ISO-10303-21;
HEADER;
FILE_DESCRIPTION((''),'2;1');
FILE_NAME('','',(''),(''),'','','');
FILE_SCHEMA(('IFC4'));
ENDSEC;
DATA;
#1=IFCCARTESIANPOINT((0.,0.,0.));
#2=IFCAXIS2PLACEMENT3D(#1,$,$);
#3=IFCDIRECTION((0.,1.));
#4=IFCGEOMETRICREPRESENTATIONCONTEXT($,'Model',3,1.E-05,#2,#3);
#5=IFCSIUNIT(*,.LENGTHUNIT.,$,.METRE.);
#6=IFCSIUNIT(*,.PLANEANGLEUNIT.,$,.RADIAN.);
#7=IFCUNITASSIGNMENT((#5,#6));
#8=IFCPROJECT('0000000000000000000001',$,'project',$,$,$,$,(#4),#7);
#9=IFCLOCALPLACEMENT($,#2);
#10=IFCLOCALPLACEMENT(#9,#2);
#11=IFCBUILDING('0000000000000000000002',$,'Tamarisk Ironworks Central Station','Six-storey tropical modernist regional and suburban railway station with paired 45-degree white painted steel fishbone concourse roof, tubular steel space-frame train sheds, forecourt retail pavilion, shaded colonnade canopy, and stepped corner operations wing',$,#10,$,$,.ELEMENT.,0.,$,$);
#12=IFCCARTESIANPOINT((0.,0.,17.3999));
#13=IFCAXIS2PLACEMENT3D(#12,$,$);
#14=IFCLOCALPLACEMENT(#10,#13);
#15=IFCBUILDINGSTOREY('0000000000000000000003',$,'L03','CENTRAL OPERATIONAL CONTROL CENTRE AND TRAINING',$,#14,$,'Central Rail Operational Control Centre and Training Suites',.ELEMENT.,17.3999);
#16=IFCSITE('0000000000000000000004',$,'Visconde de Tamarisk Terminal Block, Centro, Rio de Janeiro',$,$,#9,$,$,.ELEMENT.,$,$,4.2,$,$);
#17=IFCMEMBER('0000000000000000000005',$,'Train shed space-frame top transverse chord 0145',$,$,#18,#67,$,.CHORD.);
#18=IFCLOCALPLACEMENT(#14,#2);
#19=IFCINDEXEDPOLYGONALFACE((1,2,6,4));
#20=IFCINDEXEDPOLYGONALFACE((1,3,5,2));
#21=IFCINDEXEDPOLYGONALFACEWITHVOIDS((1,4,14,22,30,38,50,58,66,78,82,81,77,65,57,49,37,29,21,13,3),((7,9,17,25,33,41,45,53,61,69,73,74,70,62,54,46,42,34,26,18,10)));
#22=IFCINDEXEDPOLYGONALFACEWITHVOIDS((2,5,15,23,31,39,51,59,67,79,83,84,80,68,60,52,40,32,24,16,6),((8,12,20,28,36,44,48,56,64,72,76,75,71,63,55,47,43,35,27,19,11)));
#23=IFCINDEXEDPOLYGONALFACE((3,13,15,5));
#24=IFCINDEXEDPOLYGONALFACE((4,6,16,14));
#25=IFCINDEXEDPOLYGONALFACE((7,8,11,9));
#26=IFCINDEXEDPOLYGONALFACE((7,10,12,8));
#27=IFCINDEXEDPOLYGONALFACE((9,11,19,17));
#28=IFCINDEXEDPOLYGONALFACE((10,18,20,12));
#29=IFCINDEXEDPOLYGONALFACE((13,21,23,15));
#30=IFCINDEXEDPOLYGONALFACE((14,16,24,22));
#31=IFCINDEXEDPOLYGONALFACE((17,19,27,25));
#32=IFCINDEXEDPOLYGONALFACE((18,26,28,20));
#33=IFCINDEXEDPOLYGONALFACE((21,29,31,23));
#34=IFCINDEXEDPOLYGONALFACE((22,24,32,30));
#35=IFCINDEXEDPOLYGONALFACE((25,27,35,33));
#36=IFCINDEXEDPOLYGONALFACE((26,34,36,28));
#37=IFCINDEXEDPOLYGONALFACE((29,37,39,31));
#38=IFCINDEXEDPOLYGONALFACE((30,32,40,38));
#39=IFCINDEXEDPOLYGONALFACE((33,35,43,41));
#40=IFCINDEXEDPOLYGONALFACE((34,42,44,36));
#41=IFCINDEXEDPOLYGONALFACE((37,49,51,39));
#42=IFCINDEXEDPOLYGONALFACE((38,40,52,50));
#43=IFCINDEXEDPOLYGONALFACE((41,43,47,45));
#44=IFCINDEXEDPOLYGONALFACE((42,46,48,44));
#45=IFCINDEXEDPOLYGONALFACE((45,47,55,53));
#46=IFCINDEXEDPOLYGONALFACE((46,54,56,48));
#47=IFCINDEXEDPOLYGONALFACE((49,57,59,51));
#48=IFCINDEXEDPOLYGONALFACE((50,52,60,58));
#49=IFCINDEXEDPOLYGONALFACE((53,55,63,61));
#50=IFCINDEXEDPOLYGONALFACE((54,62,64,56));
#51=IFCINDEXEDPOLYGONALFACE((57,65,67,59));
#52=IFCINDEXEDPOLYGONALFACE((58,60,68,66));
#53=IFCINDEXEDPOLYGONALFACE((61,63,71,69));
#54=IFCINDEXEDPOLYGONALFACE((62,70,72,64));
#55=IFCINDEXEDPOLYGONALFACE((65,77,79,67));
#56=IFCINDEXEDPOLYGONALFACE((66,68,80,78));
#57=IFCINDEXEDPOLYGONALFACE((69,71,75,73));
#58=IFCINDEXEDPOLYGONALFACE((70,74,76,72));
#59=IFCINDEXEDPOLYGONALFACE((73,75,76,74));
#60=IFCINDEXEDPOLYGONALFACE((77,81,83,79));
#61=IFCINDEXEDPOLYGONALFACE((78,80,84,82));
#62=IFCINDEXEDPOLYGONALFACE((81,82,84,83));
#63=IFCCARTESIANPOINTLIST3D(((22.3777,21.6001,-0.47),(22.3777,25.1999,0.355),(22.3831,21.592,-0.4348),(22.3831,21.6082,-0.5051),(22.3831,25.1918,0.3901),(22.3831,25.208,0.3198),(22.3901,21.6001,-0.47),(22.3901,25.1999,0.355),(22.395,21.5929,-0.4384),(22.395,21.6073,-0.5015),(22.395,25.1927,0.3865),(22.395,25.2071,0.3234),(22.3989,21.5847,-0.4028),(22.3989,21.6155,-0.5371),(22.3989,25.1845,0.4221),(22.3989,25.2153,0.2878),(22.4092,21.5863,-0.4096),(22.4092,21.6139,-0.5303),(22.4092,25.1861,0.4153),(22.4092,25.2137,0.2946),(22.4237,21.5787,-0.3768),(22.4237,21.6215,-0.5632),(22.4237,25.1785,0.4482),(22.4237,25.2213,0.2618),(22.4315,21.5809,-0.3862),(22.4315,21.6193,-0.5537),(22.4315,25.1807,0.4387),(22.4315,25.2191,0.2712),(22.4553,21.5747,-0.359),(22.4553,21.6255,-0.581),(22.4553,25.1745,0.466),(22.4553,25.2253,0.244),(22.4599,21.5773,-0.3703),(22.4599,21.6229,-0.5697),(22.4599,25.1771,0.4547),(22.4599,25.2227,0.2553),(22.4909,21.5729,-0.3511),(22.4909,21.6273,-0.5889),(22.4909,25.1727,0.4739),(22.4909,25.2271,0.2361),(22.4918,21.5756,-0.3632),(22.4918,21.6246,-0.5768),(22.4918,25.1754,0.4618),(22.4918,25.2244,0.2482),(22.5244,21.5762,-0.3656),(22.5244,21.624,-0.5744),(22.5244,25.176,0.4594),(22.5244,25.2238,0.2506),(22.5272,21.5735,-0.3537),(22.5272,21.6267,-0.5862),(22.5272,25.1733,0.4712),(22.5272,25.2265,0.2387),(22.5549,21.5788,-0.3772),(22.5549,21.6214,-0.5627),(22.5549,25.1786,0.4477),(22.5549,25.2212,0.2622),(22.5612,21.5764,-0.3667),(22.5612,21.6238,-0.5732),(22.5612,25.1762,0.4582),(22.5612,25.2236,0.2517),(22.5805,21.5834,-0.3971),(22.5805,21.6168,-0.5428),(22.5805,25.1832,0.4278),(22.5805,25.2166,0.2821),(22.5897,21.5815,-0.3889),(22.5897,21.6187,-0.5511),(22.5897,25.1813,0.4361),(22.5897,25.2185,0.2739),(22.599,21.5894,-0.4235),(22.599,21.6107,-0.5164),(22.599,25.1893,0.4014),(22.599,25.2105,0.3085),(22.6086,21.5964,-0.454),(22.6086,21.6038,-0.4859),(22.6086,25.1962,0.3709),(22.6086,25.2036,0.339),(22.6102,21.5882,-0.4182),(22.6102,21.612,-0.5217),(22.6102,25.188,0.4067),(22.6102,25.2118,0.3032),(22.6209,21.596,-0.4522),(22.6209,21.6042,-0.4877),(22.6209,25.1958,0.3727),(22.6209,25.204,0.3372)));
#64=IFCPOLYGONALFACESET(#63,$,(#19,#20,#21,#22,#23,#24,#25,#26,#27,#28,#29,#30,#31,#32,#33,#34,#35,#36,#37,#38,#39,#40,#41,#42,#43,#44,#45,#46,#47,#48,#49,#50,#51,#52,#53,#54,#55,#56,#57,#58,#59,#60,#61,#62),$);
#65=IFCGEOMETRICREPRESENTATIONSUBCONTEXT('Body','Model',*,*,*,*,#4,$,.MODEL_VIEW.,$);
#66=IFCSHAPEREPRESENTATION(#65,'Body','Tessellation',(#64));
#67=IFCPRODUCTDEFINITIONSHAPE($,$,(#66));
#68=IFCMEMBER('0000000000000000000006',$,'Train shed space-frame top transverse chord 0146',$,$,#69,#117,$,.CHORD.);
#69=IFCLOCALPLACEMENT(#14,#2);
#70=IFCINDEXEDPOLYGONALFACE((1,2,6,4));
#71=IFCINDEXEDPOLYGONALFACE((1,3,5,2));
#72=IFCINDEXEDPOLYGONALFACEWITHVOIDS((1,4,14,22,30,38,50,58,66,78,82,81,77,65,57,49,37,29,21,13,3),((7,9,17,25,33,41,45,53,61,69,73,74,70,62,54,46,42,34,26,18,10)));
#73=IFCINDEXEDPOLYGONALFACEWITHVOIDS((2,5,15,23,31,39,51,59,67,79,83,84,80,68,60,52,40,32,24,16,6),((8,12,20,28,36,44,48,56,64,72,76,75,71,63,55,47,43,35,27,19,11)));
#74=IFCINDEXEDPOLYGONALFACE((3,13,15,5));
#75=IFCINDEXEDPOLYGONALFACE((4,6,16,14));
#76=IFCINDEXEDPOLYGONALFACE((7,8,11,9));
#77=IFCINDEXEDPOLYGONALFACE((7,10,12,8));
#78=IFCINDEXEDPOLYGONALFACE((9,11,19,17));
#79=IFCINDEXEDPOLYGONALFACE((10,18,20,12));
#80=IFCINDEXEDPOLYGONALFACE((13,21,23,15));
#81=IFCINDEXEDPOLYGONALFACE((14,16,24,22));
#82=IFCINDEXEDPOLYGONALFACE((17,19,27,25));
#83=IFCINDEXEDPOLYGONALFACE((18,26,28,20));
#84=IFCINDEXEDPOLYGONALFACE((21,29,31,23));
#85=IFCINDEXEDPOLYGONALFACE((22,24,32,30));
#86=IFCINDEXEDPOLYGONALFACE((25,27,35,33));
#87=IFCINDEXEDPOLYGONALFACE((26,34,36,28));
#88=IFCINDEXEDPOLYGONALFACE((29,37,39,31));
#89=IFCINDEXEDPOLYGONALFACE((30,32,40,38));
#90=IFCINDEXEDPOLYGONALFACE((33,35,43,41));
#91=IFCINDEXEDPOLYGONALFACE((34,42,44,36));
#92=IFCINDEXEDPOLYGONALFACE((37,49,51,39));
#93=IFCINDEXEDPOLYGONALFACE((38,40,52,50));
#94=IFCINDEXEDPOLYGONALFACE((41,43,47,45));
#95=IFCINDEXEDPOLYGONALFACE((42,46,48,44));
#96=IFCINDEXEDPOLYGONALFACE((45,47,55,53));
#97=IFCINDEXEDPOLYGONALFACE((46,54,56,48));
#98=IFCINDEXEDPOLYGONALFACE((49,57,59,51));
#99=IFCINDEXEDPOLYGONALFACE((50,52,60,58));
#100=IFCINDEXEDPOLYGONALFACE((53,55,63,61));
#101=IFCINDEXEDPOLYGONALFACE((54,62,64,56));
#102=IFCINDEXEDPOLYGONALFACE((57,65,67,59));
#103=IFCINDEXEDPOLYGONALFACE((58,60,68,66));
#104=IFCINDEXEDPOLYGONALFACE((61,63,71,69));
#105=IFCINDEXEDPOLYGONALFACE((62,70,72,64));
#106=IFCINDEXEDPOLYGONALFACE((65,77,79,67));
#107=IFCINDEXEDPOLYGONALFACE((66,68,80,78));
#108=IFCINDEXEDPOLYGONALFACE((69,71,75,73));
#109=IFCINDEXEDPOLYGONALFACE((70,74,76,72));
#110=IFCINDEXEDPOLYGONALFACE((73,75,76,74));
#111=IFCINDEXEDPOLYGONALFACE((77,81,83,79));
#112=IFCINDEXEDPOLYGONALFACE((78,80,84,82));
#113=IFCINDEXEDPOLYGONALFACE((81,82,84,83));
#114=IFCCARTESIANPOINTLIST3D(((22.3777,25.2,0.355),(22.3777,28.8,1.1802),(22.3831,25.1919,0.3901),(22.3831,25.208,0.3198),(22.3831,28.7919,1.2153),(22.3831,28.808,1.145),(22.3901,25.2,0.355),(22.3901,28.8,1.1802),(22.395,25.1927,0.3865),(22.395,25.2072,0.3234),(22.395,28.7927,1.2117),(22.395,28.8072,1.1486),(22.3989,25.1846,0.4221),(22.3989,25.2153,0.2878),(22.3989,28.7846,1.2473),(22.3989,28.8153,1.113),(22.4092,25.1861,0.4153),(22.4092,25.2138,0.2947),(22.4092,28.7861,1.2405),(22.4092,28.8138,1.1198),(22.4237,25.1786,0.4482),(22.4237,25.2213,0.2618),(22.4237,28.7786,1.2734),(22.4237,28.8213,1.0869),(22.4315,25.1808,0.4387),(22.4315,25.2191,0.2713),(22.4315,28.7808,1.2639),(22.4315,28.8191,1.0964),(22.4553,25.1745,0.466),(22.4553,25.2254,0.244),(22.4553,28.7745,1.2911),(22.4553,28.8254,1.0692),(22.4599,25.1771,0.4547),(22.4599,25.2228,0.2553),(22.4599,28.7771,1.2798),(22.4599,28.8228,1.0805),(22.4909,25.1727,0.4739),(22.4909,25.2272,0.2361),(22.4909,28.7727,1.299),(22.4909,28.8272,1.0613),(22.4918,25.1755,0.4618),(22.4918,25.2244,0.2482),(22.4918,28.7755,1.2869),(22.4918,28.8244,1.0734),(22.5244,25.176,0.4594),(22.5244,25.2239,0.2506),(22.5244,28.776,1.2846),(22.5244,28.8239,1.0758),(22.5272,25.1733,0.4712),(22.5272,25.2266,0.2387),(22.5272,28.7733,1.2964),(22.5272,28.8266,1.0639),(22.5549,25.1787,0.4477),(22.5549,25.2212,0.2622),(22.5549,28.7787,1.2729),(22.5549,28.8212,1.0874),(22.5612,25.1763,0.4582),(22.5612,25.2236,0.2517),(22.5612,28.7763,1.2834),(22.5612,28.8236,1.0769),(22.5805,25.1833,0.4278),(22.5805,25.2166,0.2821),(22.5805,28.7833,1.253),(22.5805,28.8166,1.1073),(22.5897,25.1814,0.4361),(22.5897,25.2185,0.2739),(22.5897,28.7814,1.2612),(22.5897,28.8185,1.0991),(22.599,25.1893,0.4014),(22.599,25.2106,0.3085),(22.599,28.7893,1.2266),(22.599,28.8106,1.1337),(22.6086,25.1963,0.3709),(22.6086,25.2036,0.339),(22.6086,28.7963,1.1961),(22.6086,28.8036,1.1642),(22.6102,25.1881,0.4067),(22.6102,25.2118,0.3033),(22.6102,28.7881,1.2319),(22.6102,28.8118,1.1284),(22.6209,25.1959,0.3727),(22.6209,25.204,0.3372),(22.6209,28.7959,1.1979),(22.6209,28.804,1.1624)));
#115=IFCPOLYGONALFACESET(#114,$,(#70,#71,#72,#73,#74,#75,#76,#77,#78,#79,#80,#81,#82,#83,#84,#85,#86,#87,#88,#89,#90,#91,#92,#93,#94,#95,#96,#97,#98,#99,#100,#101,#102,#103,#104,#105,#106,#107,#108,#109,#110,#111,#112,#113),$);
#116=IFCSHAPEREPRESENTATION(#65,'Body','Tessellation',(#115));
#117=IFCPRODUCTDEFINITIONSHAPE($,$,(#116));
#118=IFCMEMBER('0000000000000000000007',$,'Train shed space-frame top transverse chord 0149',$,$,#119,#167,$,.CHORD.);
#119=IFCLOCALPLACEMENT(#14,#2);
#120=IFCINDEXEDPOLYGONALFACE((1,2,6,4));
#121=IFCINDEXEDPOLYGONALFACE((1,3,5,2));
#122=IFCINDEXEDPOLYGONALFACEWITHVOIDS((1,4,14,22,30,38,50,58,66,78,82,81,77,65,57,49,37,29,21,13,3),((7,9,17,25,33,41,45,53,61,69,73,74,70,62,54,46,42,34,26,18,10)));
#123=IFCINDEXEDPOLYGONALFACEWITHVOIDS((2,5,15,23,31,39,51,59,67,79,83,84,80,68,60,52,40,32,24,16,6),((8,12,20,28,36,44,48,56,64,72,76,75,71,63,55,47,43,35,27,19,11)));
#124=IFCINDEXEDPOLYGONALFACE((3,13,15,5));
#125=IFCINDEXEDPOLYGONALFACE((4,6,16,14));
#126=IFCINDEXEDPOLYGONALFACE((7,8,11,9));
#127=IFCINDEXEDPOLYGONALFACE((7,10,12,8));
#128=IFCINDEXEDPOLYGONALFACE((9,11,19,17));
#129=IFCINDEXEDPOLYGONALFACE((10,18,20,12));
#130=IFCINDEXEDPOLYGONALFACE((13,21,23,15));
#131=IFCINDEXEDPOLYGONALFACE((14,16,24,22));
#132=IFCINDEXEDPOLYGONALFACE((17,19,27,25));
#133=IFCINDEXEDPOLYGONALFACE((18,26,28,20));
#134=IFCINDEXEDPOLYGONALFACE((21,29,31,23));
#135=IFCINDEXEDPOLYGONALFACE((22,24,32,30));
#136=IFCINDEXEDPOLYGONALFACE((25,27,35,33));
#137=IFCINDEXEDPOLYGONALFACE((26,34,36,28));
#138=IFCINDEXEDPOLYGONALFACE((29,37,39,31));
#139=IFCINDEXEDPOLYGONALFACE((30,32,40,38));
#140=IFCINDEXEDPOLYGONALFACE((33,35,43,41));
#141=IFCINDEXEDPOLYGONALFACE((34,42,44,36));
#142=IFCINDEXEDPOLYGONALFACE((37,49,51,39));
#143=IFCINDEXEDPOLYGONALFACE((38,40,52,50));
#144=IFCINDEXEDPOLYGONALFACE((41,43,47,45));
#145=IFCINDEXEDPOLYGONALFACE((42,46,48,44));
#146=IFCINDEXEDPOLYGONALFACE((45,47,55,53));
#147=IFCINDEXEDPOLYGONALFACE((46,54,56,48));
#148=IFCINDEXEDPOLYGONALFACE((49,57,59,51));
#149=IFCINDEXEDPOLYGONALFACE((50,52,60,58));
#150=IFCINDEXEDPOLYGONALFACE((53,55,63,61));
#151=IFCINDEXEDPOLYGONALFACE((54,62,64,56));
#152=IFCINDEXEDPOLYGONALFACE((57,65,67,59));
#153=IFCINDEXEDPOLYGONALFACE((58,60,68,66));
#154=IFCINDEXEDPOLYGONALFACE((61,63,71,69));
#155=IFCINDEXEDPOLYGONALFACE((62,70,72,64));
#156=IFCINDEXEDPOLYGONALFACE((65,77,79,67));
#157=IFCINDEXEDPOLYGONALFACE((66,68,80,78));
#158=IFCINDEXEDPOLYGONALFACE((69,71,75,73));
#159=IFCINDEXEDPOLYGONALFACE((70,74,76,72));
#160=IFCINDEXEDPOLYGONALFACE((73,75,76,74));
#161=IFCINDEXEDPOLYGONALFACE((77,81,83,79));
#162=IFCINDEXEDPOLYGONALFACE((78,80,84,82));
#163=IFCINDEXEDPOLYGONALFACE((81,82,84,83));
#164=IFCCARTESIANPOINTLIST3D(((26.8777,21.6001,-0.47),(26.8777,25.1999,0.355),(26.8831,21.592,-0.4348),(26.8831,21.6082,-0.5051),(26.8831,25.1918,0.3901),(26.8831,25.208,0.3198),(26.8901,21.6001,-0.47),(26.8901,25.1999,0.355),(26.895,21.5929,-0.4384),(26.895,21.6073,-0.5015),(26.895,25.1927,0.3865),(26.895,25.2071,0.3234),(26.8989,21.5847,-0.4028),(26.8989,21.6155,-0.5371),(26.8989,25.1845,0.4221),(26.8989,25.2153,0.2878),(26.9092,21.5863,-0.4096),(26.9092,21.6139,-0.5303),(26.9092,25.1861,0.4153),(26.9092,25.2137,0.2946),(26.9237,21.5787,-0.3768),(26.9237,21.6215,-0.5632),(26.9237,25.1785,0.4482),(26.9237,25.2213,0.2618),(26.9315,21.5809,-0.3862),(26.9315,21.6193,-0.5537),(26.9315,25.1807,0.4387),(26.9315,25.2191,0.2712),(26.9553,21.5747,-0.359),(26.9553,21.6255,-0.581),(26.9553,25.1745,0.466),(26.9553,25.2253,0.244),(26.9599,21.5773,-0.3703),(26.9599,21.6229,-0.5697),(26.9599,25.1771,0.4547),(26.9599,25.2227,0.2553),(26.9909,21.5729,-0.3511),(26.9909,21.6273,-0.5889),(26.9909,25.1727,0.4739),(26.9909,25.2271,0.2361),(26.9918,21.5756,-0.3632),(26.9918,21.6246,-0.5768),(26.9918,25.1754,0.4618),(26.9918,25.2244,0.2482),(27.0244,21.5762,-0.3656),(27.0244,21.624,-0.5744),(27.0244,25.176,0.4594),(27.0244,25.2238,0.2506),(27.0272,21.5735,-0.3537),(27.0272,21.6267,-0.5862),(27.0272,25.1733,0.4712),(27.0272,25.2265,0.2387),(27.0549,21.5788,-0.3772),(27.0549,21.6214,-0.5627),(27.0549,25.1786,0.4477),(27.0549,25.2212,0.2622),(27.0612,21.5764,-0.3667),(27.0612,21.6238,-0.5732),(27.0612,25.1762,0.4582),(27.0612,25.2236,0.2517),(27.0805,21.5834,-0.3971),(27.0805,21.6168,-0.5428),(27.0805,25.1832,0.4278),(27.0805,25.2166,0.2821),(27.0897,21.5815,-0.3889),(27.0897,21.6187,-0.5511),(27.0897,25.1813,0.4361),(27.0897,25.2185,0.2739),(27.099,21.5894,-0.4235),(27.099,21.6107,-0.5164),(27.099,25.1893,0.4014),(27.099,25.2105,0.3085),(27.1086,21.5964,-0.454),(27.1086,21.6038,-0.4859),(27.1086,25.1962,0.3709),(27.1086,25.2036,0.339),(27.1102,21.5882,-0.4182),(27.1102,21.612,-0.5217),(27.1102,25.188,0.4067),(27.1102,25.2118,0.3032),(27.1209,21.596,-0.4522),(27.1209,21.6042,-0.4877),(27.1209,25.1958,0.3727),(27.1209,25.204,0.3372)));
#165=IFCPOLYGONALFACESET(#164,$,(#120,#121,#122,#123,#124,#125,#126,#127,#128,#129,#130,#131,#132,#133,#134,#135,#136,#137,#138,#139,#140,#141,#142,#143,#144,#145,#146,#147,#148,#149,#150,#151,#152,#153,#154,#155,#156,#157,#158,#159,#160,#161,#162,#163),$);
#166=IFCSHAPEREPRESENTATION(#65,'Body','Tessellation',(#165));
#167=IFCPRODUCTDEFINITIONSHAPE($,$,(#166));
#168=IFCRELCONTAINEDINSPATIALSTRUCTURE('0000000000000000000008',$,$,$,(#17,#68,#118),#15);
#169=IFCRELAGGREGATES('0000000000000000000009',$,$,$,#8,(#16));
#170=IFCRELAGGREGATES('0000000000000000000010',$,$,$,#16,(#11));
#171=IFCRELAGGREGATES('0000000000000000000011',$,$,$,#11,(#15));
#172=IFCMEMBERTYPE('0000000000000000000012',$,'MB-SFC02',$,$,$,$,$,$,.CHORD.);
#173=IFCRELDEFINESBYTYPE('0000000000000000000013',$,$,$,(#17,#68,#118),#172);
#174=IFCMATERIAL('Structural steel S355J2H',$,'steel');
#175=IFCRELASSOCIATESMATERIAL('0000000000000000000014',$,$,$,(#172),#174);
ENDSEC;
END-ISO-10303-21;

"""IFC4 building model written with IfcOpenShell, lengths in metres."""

from ifc_helpers import new_model, si_unit, direction, frame, origin, origin_2d, place, context, subcontext, project, spatial, hollow_circle, extrude, material, material_profile, profile_set, type_object, element, save


model = new_model("IFC4")

# Units and contexts
model_context = context("Model", 3, precision=1e-05, world=origin(), true_north=direction((0.0, 1.0)))
body_context = subcontext(model_context, "Body", "Model", "MODEL_VIEW")
ifc_project = project(units=[si_unit("LENGTHUNIT", "METRE"), si_unit("PLANEANGLEUNIT", "RADIAN")], contexts=[model_context])

# Site, building, storey
site_placement = place(None, origin())
site = spatial("IfcSite", under=ifc_project, at=site_placement, Name="Visconde de Tamarisk Terminal Block, Centro, Rio de Janeiro", CompositionType="ELEMENT", RefElevation=4.2)
building_placement = place(site_placement, origin())
building = spatial("IfcBuilding", under=site, at=building_placement, Name="Tamarisk Ironworks Central Station", Description="Six-storey tropical modernist regional and suburban railway station with paired 45-degree white painted steel fishbone concourse roof, tubular steel space-frame train sheds, forecourt retail pavilion, shaded colonnade canopy, and stepped corner operations wing", CompositionType="ELEMENT", ElevationOfRefHeight=0.0)
storey_placement = place(building_placement, frame((0.0, 0.0, 17.3999)))
storey = spatial("IfcBuildingStorey", under=building, at=storey_placement, Name="L03", Description="CENTRAL OPERATIONAL CONTROL CENTRE AND TRAINING", LongName="Central Rail Operational Control Centre and Training Suites", CompositionType="ELEMENT", Elevation=17.3999)

# Members
ifc_material_1 = material(Name="Structural steel S355J2H", Category="steel")
ifc_material_profile_1 = material_profile(ifc_material_1, hollow_circle(Radius=0.1223, WallThickness=0.0125, at=origin_2d()), Name="CHS 244.5x12.5")
ifc_profile_set_1 = profile_set([ifc_material_profile_1], Name="Structural steel S355J2H")
member_type_1 = type_object("IfcMemberType", Name="MB-SFC02", PredefinedType="CHORD", material=ifc_profile_set_1)
member_1_placement = place(storey_placement, frame((22.5, 21.6001, -0.47), z_axis=(0.0, 0.974733, 0.223372), x_axis=(-1.0, 0.0, 0.0)))
element("IfcMember", 1, at=member_1_placement, inside=storey, type_object=member_type_1, Name="Train shed space-frame top transverse chord 0145", PredefinedType="CHORD", context=body_context, shape_type="SweptSolid", body=[
    extrude(hollow_circle(Radius=0.1223, WallThickness=0.0125, at=origin_2d()), origin(), (0.0, 0.0, 1.0), 3.6931),
])
member_2_placement = place(storey_placement, frame((22.5, 25.2, 0.355), z_axis=(0.0, 0.974722, 0.223421), x_axis=(-1.0, 0.0, 0.0)))
element("IfcMember", 2, at=member_2_placement, inside=storey, type_object=member_type_1, Name="Train shed space-frame top transverse chord 0146", PredefinedType="CHORD", context=body_context, shape_type="SweptSolid", body=[
    extrude(hollow_circle(Radius=0.1223, WallThickness=0.0125, at=origin_2d()), origin(), (0.0, 0.0, 1.0), 3.6934),
])
member_3_placement = place(storey_placement, frame((27.0, 21.6001, -0.47), z_axis=(0.0, 0.974733, 0.223372), x_axis=(-1.0, 0.0, 0.0)))
element("IfcMember", 3, at=member_3_placement, inside=storey, type_object=member_type_1, Name="Train shed space-frame top transverse chord 0149", PredefinedType="CHORD", context=body_context, shape_type="SweptSolid", body=[
    extrude(hollow_circle(Radius=0.1223, WallThickness=0.0125, at=origin_2d()), origin(), (0.0, 0.0, 1.0), 3.6931),
])

save(model, "model.ifc")
